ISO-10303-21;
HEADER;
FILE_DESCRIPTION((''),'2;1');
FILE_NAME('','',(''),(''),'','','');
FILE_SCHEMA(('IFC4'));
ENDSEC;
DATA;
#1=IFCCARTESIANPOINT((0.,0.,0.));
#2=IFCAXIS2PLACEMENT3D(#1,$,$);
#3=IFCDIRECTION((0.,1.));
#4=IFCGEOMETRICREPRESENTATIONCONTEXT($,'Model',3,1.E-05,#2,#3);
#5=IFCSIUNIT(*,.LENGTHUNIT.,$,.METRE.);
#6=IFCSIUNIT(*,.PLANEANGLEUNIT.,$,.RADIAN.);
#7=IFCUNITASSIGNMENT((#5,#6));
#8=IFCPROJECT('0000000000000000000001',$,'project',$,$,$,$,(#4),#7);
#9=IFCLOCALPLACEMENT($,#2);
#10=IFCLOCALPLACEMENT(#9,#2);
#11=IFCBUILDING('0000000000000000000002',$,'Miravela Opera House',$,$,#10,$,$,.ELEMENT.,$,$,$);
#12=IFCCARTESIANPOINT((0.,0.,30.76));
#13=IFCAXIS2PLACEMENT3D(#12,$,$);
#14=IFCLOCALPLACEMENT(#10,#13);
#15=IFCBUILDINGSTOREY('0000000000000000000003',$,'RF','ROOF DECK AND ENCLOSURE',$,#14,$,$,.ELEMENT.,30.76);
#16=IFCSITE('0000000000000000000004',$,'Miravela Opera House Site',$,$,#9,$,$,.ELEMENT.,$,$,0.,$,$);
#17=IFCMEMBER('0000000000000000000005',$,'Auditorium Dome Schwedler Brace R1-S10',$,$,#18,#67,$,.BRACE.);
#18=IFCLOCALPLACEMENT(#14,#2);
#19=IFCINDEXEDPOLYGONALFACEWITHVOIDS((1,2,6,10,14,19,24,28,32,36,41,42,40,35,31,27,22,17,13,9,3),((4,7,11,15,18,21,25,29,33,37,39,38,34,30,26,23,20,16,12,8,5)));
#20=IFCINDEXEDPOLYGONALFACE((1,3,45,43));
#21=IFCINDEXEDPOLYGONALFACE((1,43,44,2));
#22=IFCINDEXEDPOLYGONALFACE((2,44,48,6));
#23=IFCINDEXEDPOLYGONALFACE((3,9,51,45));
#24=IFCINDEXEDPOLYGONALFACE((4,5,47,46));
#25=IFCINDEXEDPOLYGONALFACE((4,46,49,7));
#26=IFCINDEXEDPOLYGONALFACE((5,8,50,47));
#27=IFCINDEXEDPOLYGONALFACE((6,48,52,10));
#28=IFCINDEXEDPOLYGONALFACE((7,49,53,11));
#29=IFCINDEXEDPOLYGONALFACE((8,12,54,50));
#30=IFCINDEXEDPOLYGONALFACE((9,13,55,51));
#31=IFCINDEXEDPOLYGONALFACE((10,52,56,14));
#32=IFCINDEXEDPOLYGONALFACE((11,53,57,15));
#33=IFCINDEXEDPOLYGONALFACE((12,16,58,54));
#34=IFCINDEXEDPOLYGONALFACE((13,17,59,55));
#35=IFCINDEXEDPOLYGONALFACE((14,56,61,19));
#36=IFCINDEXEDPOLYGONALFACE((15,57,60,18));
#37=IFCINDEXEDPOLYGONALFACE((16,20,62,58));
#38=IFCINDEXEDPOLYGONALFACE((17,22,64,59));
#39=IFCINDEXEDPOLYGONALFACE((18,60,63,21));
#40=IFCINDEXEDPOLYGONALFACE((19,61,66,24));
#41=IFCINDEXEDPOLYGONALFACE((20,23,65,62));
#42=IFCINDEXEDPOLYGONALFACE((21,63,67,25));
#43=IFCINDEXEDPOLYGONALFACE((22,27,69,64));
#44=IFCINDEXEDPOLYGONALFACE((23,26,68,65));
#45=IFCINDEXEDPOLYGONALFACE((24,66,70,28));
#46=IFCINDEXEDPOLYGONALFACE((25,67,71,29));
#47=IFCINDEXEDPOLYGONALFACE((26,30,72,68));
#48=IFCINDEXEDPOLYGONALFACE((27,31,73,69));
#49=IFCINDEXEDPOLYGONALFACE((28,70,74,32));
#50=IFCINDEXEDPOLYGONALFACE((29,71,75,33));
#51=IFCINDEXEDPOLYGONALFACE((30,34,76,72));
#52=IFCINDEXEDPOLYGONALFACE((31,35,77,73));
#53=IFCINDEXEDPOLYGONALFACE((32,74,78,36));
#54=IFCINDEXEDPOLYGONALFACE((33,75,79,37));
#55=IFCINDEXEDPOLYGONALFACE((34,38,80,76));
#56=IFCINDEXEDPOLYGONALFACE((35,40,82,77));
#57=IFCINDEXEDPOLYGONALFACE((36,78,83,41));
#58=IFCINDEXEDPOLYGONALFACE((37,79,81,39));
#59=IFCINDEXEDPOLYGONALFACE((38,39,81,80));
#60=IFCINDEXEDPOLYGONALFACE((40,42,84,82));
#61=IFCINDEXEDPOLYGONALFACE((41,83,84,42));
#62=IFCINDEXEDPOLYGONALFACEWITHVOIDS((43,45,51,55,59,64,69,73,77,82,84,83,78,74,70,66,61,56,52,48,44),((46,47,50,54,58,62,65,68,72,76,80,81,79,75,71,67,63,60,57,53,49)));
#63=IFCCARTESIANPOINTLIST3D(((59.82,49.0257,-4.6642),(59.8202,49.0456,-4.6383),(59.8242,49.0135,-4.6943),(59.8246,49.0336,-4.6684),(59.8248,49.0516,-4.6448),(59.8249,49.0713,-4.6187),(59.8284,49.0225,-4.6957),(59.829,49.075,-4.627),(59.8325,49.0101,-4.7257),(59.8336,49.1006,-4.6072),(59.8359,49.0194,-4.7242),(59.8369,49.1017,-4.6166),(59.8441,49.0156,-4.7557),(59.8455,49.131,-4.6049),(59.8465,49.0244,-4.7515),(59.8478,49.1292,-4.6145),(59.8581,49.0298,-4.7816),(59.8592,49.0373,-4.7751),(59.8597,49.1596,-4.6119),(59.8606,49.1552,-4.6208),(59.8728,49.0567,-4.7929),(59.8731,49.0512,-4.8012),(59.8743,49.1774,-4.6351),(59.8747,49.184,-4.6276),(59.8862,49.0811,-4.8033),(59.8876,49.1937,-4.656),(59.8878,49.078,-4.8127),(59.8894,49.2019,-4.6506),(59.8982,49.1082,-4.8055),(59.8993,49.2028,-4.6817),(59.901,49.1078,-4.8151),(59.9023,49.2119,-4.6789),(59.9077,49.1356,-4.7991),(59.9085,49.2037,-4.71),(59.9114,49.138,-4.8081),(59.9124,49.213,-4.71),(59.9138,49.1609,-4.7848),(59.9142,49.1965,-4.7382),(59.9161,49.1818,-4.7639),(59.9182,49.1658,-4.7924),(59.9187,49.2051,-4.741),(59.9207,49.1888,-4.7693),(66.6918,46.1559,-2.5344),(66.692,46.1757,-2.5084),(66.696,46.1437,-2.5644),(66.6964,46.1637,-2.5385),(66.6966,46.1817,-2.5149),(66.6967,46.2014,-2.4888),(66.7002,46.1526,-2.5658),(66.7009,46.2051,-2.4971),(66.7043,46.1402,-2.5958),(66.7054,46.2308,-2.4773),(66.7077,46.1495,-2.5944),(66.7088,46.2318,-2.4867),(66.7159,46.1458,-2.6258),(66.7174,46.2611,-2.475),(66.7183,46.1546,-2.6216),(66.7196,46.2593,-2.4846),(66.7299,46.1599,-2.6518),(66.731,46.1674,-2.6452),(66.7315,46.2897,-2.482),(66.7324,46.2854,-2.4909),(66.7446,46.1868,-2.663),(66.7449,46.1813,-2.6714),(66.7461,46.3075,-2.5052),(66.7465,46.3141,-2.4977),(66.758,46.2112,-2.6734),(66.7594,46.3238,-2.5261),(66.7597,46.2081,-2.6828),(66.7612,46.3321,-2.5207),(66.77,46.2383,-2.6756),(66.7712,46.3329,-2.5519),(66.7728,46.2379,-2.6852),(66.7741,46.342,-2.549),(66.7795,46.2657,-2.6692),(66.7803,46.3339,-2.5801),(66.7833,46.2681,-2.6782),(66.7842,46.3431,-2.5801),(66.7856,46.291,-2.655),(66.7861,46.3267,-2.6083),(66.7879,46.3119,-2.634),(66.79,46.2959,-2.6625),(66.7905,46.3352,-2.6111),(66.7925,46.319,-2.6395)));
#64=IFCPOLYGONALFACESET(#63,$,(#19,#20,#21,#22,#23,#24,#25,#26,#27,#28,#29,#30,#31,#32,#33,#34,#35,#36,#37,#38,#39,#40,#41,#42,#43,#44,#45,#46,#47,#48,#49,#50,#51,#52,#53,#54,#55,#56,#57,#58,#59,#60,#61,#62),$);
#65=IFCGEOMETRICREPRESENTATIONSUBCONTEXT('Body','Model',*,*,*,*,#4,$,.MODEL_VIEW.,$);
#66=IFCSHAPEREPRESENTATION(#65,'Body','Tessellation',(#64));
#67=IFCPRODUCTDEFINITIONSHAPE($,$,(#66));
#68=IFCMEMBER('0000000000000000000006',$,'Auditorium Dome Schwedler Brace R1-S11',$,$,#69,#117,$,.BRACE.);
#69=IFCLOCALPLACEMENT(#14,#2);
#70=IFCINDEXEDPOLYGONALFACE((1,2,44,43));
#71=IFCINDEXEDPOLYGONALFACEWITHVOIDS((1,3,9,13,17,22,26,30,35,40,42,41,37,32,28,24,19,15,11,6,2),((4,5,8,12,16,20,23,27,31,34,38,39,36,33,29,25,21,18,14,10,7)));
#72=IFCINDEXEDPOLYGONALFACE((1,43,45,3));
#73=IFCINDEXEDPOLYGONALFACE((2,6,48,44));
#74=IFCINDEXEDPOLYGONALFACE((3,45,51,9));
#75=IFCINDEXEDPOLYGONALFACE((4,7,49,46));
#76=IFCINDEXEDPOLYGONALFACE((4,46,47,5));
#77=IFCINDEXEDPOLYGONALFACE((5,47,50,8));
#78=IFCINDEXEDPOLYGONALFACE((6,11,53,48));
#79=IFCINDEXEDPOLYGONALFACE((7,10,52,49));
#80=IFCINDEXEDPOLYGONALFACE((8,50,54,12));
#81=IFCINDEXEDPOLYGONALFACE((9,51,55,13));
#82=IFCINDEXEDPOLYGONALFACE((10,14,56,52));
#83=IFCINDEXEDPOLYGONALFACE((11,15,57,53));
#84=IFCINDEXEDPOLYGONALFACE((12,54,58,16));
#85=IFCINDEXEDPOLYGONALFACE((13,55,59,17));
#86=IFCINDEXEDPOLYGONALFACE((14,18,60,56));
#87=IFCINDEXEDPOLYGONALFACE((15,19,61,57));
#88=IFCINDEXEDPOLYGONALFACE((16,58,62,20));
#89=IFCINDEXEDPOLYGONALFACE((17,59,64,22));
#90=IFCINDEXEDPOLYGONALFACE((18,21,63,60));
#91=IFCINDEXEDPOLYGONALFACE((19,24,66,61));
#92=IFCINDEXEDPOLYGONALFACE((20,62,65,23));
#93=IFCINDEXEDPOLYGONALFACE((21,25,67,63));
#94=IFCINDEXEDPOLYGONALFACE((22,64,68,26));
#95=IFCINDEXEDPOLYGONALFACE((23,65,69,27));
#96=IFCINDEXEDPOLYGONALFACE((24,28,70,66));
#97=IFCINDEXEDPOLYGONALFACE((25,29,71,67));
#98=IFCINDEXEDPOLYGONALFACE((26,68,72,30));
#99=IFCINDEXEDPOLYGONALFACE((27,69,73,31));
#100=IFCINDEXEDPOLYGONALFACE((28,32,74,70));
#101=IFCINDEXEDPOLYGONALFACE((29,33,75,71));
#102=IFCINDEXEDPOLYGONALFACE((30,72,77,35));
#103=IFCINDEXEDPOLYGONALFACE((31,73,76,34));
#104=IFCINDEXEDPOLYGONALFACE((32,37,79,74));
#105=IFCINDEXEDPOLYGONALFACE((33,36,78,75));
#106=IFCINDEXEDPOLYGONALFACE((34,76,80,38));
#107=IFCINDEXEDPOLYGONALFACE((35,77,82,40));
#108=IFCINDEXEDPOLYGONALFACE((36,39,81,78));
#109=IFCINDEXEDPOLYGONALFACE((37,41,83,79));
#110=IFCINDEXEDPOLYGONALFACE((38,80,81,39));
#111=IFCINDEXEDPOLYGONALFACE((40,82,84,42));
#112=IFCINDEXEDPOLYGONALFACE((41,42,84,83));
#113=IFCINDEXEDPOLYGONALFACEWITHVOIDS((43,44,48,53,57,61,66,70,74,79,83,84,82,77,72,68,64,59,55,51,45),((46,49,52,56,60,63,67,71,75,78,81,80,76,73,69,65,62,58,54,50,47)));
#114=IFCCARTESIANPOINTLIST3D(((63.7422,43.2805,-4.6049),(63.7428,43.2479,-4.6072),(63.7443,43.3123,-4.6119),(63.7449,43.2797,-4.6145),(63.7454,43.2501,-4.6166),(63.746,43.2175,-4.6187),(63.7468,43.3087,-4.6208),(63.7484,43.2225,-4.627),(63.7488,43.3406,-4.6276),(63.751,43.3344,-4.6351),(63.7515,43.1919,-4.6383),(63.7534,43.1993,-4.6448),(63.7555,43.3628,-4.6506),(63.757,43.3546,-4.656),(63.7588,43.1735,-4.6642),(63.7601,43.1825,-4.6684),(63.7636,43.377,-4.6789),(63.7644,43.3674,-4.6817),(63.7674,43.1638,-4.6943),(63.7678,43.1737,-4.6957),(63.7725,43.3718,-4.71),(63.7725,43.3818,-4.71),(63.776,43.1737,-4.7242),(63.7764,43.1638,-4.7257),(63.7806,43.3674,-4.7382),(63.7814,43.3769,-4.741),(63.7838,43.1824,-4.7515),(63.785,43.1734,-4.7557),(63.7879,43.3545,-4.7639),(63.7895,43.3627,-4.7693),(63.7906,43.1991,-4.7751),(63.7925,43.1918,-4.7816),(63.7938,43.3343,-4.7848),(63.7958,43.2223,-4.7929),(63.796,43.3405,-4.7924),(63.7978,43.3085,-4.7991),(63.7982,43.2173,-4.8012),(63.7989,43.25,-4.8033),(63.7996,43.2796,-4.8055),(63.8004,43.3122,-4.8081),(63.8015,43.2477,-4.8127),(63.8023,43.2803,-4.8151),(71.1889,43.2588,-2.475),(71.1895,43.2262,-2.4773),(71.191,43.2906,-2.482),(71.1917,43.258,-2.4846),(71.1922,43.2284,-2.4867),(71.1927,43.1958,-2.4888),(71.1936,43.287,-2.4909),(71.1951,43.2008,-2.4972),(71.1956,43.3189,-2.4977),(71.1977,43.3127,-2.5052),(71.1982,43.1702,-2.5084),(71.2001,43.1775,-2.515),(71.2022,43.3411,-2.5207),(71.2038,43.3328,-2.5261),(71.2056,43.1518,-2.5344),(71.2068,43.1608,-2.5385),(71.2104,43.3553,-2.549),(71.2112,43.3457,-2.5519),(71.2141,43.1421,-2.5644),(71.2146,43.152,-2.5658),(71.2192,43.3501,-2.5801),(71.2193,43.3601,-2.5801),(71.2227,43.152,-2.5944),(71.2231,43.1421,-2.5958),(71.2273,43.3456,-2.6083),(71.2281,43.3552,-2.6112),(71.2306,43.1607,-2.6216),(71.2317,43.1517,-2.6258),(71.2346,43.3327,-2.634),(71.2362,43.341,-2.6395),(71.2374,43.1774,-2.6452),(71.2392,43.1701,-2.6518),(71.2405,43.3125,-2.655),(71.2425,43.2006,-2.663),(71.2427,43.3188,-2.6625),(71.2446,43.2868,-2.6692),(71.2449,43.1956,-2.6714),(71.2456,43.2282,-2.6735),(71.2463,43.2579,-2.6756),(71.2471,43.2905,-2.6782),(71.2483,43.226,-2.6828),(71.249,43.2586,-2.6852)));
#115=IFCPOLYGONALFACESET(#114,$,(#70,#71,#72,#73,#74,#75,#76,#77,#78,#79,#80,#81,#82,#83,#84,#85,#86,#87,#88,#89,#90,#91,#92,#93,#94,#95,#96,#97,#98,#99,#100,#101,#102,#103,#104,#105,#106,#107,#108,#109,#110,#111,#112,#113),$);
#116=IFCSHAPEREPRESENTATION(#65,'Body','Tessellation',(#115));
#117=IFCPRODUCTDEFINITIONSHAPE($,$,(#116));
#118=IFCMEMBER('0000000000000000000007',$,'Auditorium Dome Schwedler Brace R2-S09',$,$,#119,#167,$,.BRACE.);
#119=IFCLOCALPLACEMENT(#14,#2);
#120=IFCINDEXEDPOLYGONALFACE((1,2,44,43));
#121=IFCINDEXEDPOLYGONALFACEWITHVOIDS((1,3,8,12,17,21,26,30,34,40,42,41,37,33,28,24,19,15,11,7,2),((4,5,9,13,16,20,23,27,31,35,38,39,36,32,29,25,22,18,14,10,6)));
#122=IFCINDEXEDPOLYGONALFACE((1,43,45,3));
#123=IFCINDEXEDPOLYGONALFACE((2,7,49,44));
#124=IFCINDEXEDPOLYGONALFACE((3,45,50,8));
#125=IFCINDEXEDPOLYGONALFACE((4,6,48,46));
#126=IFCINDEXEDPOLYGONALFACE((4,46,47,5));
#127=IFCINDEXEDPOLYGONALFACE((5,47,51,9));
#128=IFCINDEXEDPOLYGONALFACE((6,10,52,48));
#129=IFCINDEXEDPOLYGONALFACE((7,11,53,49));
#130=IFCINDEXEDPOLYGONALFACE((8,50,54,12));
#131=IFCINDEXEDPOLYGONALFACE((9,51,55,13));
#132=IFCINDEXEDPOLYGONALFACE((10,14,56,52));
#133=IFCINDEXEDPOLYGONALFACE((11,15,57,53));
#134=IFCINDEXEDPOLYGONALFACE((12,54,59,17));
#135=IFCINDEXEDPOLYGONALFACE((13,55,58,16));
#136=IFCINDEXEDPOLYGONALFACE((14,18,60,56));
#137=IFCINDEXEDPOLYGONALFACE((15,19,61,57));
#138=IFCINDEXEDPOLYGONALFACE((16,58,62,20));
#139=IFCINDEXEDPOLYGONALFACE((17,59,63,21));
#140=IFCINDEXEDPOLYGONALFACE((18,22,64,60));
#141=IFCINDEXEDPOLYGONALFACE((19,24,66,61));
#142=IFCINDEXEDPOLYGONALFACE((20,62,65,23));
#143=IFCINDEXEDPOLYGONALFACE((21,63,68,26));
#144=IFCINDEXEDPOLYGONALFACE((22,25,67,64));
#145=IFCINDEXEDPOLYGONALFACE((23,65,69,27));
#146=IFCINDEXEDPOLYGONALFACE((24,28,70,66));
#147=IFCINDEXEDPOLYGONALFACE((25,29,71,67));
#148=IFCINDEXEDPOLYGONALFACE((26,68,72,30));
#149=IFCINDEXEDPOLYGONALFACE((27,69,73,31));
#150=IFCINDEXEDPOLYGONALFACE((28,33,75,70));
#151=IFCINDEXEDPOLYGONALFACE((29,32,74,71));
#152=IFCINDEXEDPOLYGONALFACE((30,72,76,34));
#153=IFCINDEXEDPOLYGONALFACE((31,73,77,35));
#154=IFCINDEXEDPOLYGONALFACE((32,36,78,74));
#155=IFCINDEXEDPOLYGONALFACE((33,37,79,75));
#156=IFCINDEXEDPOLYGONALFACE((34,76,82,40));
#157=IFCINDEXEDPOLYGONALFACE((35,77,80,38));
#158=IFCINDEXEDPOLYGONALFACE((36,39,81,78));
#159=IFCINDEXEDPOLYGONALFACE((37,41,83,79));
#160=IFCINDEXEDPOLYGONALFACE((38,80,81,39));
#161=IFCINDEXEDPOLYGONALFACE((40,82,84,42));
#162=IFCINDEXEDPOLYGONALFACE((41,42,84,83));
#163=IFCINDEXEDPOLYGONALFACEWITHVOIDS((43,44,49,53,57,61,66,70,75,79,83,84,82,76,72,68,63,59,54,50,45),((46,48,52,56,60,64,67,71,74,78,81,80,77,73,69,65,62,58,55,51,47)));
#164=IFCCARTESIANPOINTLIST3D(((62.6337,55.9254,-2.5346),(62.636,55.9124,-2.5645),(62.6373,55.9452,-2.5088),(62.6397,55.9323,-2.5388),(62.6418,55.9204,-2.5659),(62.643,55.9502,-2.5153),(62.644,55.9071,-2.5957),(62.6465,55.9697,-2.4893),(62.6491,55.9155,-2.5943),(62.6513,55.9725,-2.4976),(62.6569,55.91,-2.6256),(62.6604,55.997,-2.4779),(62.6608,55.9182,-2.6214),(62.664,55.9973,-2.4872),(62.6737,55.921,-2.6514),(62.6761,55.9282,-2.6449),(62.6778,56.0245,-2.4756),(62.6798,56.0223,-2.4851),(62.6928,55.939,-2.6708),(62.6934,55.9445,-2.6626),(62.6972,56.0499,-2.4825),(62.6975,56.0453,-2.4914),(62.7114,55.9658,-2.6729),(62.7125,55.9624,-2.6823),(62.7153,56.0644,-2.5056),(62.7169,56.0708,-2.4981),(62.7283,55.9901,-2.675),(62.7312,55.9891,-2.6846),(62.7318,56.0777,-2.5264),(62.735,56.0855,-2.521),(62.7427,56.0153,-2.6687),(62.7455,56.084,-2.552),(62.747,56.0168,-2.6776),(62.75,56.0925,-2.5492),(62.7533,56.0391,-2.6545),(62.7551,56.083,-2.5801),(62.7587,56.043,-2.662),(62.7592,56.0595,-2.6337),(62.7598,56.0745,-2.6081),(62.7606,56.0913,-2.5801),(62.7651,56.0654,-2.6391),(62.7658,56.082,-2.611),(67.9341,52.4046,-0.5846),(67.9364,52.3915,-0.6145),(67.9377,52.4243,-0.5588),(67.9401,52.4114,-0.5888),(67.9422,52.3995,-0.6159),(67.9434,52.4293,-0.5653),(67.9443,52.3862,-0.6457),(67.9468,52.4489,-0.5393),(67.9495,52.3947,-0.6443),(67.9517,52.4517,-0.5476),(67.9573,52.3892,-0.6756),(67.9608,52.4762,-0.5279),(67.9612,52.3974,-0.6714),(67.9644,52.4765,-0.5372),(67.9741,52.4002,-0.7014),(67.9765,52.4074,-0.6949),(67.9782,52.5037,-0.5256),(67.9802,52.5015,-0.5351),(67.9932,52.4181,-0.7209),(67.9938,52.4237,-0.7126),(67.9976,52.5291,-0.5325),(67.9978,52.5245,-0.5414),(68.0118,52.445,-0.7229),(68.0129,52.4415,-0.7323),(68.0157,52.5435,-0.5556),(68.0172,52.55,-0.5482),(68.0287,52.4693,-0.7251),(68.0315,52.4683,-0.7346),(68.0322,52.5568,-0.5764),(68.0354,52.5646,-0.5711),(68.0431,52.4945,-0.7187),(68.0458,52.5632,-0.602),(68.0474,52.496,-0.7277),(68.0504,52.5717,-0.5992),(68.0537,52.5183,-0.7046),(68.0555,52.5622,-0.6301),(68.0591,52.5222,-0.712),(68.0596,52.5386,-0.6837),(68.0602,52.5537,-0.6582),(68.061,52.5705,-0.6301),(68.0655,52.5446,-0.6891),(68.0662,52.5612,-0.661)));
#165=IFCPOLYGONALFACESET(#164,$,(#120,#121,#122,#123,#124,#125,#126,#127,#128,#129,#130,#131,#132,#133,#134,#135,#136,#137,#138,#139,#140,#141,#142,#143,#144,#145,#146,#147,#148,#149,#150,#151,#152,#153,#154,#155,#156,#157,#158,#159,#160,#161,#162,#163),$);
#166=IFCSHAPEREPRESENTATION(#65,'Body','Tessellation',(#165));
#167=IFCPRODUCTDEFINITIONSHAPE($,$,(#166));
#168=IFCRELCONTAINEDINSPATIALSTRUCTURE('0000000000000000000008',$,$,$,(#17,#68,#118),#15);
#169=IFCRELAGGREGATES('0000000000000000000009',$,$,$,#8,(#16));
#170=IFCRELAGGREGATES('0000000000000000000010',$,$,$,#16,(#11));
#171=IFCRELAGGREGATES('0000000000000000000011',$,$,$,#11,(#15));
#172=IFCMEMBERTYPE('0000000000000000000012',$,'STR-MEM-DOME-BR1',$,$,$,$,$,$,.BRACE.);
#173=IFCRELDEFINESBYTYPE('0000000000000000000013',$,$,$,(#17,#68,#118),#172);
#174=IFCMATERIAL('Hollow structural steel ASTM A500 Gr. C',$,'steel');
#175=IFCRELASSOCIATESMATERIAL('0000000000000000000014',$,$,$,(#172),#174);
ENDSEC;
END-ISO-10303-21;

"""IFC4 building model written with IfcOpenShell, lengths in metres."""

from ifc_helpers import new_model, si_unit, direction, frame, origin, origin_2d, place, context, subcontext, project, spatial, hollow_circle, extrude, material, material_profile, profile_set, type_object, element, save


model = new_model("IFC4")

# Units and contexts
model_context = context("Model", 3, precision=1e-05, world=origin(), true_north=direction((0.0, 1.0)))
body_context = subcontext(model_context, "Body", "Model", "MODEL_VIEW")
ifc_project = project(units=[si_unit("LENGTHUNIT", "METRE"), si_unit("PLANEANGLEUNIT", "RADIAN")], contexts=[model_context])

# Site, building, storey
site_placement = place(None, origin())
site = spatial("IfcSite", under=ifc_project, at=site_placement, Name="Miravela Opera House Site", CompositionType="ELEMENT", RefElevation=0.0)
building_placement = place(site_placement, origin())
building = spatial("IfcBuilding", under=site, at=building_placement, Name="Miravela Opera House", CompositionType="ELEMENT")
storey_placement = place(building_placement, frame((0.0, 0.0, 30.76)))
storey = spatial("IfcBuildingStorey", under=building, at=storey_placement, Name="RF", Description="ROOF DECK AND ENCLOSURE", CompositionType="ELEMENT", Elevation=30.76)

# Members
ifc_material_1 = material(Name="Hollow structural steel ASTM A500 Gr. C", Category="steel")
ifc_material_profile_1 = material_profile(ifc_material_1, hollow_circle(Radius=0.1096, WallThickness=0.01, at=origin_2d()), Name="CHS219X10")
ifc_profile_set_1 = profile_set([ifc_material_profile_1])
member_type_1 = type_object("IfcMemberType", Name="STR-MEM-DOME-BR1", PredefinedType="BRACE", material=ifc_profile_set_1)
member_1_placement = place(storey_placement, frame((59.8701, 49.1118, -4.71), z_axis=(0.887189, -0.370516, 0.274979), x_axis=(0.385372, 0.922761, 0.0)))
element("IfcMember", 1, at=member_1_placement, inside=storey, type_object=member_type_1, Name="Auditorium Dome Schwedler Brace R1-S10", PredefinedType="BRACE", context=body_context, shape_type="SweptSolid", body=[
    extrude(hollow_circle(Radius=0.1096, WallThickness=0.01, at=origin_2d()), origin(), (0.0, 0.0, 1.0), 7.7456),
])
member_2_placement = place(storey_placement, frame((63.7722, 43.2722, -4.71), z_axis=(0.961444, -0.002805, 0.274986), x_axis=(0.002918, 0.999996, 0.0)))
element("IfcMember", 2, at=member_2_placement, inside=storey, type_object=member_type_1, Name="Auditorium Dome Schwedler Brace R1-S11", PredefinedType="BRACE", context=body_context, shape_type="SweptSolid", body=[
    extrude(hollow_circle(Radius=0.1096, WallThickness=0.01, at=origin_2d()), origin(), (0.0, 0.0, 1.0), 7.7454),
])
member_3_placement = place(storey_placement, frame((62.7, 56.0, -2.5801), z_axis=(0.796419, -0.529026, 0.292999), x_axis=(0.553309, 0.832976, 0.0)))
element("IfcMember", 3, at=member_3_placement, inside=storey, type_object=member_type_1, Name="Auditorium Dome Schwedler Brace R2-S09", PredefinedType="BRACE", context=body_context, shape_type="SweptSolid", body=[
    extrude(hollow_circle(Radius=0.1096, WallThickness=0.01, at=origin_2d()), origin(), (0.0, 0.0, 1.0), 6.6553),
])

save(model, "model.ifc")
